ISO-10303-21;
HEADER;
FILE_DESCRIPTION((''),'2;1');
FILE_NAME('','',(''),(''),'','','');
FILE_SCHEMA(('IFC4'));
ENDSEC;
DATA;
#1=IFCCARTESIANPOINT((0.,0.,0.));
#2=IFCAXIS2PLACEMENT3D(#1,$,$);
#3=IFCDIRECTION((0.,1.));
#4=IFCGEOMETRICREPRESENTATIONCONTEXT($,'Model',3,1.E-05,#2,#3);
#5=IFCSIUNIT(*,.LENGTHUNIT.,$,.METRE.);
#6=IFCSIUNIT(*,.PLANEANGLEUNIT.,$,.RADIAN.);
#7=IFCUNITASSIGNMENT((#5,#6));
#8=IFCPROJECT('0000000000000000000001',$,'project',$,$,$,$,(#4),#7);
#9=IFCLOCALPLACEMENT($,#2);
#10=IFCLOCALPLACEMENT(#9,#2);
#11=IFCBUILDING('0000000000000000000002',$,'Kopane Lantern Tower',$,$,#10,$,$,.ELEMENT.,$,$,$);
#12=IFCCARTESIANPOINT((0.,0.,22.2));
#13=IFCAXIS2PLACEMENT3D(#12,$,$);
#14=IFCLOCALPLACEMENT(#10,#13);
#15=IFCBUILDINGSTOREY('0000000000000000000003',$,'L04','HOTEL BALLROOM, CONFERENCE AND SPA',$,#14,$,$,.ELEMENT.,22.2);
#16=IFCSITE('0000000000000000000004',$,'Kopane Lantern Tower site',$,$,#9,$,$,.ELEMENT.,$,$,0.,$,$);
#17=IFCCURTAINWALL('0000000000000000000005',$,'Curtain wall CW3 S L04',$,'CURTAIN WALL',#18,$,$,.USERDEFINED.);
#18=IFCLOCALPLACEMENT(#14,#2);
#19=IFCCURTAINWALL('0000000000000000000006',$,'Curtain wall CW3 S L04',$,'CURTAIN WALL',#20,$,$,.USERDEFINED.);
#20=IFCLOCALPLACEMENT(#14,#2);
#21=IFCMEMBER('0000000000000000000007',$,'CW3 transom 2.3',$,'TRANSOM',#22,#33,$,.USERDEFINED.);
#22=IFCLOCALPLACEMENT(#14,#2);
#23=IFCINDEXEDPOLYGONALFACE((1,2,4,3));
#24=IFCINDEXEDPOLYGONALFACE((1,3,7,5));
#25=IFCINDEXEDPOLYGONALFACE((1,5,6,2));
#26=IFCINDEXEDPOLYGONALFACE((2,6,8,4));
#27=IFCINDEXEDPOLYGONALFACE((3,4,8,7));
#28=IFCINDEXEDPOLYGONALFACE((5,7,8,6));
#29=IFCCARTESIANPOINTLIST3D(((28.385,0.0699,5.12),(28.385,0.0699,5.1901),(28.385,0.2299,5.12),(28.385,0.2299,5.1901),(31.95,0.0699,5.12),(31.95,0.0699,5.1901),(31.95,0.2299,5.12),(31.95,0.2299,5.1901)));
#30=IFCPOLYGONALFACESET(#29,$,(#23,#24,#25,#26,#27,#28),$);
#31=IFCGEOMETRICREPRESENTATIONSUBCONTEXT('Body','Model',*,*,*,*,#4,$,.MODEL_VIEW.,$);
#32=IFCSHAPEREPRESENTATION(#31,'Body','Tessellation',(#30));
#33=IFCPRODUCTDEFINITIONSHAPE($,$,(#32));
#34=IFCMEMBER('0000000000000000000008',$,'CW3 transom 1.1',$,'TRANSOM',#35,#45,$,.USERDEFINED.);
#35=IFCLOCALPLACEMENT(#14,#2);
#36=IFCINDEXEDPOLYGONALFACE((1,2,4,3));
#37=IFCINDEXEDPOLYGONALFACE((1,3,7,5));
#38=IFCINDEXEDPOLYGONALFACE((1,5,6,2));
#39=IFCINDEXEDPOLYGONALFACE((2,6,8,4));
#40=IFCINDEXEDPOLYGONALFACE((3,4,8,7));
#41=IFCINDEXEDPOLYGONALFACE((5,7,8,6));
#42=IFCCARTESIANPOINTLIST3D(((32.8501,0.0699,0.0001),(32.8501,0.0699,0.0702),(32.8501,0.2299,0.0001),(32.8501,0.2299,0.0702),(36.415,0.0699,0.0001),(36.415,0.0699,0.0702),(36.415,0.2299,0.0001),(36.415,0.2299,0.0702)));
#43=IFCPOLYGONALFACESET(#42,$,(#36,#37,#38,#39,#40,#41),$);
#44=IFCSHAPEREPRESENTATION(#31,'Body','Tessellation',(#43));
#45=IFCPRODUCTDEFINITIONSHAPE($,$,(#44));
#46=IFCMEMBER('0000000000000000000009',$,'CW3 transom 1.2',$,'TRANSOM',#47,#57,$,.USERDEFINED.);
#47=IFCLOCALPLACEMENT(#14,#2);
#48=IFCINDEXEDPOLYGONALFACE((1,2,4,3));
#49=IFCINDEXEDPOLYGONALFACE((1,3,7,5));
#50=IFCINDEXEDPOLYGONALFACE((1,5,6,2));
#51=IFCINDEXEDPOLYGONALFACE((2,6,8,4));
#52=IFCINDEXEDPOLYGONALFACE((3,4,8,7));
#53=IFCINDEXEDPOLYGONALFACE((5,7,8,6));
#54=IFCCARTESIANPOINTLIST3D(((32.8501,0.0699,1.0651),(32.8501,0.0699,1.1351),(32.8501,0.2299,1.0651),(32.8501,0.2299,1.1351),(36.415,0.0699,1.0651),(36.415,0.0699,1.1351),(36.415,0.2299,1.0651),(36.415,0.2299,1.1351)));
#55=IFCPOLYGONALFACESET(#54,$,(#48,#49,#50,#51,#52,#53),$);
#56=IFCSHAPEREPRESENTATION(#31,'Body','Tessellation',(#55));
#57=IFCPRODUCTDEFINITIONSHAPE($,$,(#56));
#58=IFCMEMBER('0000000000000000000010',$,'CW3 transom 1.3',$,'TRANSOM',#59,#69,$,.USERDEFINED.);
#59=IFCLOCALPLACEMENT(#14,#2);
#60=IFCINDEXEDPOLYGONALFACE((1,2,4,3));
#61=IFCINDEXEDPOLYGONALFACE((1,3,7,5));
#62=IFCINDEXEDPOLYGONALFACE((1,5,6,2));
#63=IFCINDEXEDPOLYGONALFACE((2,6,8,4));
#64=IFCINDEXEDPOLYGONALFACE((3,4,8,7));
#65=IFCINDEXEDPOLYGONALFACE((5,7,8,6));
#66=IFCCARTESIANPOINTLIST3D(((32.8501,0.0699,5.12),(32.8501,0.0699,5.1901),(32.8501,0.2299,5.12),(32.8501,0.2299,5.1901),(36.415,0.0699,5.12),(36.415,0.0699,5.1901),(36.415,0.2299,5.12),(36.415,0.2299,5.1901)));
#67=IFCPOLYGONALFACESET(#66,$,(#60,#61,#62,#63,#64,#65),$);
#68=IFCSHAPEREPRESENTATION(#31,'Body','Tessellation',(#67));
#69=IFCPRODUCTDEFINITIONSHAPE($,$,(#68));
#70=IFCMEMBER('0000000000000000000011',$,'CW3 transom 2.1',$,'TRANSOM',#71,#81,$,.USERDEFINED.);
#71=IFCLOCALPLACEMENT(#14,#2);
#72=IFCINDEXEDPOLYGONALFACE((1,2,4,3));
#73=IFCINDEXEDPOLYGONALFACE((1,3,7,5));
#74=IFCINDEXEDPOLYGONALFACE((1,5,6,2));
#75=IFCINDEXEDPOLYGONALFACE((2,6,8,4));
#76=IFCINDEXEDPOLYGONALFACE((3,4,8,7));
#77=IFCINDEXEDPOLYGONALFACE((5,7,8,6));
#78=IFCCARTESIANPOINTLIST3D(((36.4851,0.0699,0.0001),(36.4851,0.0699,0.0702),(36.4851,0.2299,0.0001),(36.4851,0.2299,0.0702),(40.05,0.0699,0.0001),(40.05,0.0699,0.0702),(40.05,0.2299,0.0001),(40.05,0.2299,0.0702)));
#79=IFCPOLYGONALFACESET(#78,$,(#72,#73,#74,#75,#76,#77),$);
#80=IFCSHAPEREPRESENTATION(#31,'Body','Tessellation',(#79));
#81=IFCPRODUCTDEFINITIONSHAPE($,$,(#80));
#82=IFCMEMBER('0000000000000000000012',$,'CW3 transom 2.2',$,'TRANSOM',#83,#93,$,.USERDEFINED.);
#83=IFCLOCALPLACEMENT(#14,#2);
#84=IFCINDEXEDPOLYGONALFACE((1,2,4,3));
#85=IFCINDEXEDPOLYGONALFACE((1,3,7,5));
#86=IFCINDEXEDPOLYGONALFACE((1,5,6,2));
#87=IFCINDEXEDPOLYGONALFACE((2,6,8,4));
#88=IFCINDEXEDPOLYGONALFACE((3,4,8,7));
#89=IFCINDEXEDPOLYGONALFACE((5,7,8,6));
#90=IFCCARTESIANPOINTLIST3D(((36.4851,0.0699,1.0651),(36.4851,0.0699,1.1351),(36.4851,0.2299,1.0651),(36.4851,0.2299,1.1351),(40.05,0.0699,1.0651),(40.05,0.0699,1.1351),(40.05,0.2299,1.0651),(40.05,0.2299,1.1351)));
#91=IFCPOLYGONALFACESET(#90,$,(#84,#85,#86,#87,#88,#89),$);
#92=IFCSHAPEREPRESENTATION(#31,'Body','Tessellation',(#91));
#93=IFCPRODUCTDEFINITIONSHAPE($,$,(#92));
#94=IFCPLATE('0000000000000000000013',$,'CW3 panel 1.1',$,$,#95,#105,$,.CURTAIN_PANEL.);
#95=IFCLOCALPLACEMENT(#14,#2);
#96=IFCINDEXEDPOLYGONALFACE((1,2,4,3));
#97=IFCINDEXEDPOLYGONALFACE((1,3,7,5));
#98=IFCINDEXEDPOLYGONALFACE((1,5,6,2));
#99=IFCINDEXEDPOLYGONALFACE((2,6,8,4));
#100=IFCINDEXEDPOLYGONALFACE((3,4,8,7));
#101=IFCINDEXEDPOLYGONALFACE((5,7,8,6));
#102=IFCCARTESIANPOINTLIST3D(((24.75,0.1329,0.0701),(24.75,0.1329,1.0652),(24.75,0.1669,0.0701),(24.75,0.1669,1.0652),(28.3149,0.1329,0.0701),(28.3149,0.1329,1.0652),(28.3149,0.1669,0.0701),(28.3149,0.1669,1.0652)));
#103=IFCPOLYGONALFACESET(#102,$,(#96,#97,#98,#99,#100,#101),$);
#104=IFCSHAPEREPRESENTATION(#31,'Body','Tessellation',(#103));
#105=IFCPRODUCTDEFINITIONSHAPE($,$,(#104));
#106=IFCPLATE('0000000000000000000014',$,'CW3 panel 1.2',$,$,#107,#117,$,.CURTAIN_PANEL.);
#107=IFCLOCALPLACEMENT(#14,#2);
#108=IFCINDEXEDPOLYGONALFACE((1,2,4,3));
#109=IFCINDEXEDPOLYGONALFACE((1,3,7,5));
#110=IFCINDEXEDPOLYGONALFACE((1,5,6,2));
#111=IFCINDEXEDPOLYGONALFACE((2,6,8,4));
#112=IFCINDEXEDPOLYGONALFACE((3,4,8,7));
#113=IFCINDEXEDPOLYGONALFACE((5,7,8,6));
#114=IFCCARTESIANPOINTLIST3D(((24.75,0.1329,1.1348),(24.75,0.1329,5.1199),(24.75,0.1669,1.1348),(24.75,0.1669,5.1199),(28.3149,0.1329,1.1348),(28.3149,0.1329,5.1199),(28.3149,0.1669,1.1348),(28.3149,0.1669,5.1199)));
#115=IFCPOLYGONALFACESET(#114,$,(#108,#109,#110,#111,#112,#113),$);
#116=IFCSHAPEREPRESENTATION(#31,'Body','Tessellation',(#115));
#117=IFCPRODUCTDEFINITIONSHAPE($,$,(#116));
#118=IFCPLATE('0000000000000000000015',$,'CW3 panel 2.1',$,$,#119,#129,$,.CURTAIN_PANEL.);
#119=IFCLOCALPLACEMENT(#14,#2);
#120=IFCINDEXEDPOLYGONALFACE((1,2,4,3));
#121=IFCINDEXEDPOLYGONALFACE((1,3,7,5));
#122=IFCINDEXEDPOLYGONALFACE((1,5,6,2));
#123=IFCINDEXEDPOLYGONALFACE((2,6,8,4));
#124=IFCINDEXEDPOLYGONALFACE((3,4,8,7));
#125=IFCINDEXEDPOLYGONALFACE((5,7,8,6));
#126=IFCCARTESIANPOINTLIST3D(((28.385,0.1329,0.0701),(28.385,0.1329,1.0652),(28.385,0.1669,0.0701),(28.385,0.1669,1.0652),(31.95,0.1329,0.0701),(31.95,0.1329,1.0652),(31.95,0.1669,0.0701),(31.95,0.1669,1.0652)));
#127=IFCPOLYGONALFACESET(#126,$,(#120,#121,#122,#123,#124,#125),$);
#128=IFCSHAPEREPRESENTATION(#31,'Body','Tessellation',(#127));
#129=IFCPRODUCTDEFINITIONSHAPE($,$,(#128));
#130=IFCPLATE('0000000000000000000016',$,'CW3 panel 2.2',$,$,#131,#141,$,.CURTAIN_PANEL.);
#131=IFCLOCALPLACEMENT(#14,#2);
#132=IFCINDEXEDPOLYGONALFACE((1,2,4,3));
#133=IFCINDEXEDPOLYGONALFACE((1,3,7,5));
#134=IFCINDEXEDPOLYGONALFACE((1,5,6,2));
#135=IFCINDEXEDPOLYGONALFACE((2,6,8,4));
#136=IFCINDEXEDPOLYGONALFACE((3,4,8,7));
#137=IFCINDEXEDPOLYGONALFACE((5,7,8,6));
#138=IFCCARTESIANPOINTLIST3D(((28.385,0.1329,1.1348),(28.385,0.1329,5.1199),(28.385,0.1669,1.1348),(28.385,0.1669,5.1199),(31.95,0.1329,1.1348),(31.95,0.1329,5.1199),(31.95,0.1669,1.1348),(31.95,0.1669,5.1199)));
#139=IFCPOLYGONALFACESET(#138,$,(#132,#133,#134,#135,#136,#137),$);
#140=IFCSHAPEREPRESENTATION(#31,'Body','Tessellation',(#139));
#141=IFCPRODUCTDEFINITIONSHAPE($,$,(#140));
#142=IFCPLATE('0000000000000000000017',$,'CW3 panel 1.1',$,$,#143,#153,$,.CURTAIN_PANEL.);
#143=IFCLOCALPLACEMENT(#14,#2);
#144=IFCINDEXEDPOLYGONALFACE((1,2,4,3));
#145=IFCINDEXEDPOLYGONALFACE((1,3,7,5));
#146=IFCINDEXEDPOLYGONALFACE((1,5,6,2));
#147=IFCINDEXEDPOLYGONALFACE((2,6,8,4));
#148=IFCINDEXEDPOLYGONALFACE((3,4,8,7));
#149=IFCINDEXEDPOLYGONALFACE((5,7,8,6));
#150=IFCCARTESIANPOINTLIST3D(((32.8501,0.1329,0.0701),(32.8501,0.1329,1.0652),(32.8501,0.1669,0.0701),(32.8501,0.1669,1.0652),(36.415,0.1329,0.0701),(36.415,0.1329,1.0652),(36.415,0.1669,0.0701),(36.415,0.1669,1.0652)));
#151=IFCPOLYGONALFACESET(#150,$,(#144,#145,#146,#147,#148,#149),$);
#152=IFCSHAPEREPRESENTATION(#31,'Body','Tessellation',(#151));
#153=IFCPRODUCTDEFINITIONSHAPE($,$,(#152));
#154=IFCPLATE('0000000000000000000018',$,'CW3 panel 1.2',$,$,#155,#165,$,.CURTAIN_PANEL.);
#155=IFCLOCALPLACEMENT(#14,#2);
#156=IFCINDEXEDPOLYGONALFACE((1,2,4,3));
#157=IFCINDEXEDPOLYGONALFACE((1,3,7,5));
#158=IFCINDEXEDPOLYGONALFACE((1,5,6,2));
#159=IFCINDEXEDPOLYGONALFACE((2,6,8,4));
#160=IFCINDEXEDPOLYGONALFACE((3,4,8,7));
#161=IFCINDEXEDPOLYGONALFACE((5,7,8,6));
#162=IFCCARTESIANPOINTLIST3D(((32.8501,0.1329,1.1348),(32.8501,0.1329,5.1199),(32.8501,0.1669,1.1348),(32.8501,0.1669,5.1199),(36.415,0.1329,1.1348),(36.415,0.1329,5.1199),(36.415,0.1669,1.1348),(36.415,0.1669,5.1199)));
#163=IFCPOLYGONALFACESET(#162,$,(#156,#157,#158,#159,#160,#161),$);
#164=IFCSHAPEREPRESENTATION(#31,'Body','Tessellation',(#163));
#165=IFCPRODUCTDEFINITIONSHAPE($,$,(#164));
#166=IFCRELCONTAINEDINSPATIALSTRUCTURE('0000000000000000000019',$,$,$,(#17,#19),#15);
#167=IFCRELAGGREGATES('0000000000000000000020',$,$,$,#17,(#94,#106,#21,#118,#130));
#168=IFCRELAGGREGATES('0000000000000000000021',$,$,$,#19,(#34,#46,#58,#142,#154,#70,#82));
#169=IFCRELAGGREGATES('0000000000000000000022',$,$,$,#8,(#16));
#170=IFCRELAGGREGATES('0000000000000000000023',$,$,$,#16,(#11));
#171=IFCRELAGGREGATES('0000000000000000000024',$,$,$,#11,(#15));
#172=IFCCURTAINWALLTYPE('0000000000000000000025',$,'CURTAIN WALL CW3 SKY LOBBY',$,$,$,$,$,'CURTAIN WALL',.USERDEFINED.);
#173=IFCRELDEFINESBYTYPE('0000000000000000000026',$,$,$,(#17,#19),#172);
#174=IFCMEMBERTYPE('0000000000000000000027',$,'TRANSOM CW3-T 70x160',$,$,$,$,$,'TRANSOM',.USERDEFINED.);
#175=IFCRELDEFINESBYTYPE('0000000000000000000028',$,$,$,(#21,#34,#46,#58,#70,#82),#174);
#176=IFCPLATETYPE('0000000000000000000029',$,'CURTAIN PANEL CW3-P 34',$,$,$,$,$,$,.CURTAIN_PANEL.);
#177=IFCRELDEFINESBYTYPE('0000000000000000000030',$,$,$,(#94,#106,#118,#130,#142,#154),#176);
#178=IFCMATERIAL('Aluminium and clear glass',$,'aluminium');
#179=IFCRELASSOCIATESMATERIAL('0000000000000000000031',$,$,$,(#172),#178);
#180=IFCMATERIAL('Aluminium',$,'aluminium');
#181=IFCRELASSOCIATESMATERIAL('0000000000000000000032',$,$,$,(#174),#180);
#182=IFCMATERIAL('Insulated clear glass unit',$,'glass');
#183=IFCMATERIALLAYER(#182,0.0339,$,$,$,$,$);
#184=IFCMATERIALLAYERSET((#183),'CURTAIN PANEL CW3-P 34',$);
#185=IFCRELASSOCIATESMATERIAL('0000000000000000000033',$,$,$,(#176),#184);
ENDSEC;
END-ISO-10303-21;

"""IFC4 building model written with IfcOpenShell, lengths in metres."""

from ifc_helpers import new_model, si_unit, direction, frame, origin, origin_2d, place, context, subcontext, project, spatial, rectangle, extrude, material, layer, layer_set, material_profile, profile_set, type_object, element, aggregate, save


model = new_model("IFC4")

# Units and contexts
model_context = context("Model", 3, precision=1e-05, world=origin(), true_north=direction((0.0, 1.0)))
body_context = subcontext(model_context, "Body", "Model", "MODEL_VIEW")
ifc_project = project(units=[si_unit("LENGTHUNIT", "METRE"), si_unit("PLANEANGLEUNIT", "RADIAN")], contexts=[model_context])

# Site, building, storey
site_placement = place(None, origin())
site = spatial("IfcSite", under=ifc_project, at=site_placement, Name="Kopane Lantern Tower site", CompositionType="ELEMENT", RefElevation=0.0)
building_placement = place(site_placement, origin())
building = spatial("IfcBuilding", under=site, at=building_placement, Name="Kopane Lantern Tower", CompositionType="ELEMENT")
storey_placement = place(building_placement, frame((0.0, 0.0, 22.2)))
storey = spatial("IfcBuildingStorey", under=building, at=storey_placement, Name="L04", Description="HOTEL BALLROOM, CONFERENCE AND SPA", CompositionType="ELEMENT", Elevation=22.2)

# Curtain walls
ifc_material_1 = material(Name="Aluminium and clear glass", Category="aluminium")
curtain_wall_type = type_object("IfcCurtainWallType", Name="CURTAIN WALL CW3 SKY LOBBY", ElementType="CURTAIN WALL", PredefinedType="USERDEFINED", material=ifc_material_1)
curtain_wall_1_placement = place(storey_placement, origin())
curtain_wall_1 = element("IfcCurtainWall", 1, at=curtain_wall_1_placement, inside=storey, type_object=curtain_wall_type, Name="Curtain wall CW3 S L04", ObjectType="CURTAIN WALL", PredefinedType="USERDEFINED")
curtain_wall_2_placement = place(storey_placement, origin())
curtain_wall_2 = element("IfcCurtainWall", 2, at=curtain_wall_2_placement, inside=storey, type_object=curtain_wall_type, Name="Curtain wall CW3 S L04", ObjectType="CURTAIN WALL", PredefinedType="USERDEFINED")

# Members
ifc_material_2 = material(Name="Aluminium", Category="aluminium")
ifc_material_profile_1 = material_profile(ifc_material_2, rectangle(XDim=0.1599, YDim=0.0701, at=origin_2d()), Name="AL 160x70")
ifc_profile_set_1 = profile_set([ifc_material_profile_1], Name="Aluminium")
member_type_1 = type_object("IfcMemberType", Name="TRANSOM CW3-T 70x160", ElementType="TRANSOM", PredefinedType="USERDEFINED", material=ifc_profile_set_1)
member_1_placement = place(storey_placement, frame((28.385, 0.1499, 5.155), z_axis=(1.0, 0.0, 0.0), x_axis=(0.0, 1.0, 0.0)))
member_1 = element("IfcMember", 3, at=member_1_placement, type_object=member_type_1, Name="CW3 transom 2.3", ObjectType="TRANSOM", PredefinedType="USERDEFINED", context=body_context, shape_type="SweptSolid", body=[
    extrude(rectangle(XDim=0.1599, YDim=0.0701, at=origin_2d()), origin(), (0.0, 0.0, 1.0), 3.5649),
])
member_2_placement = place(storey_placement, frame((32.8501, 0.1499, 0.0352), z_axis=(1.0, 0.0, 0.0), x_axis=(0.0, 1.0, 0.0)))
member_2 = element("IfcMember", 4, at=member_2_placement, type_object=member_type_1, Name="CW3 transom 1.1", ObjectType="TRANSOM", PredefinedType="USERDEFINED", context=body_context, shape_type="SweptSolid", body=[
    extrude(rectangle(XDim=0.1599, YDim=0.0701, at=origin_2d()), origin(), (0.0, 0.0, 1.0), 3.5649),
])
member_3_placement = place(storey_placement, frame((32.8501, 0.1499, 1.1001), z_axis=(1.0, 0.0, 0.0), x_axis=(0.0, 1.0, 0.0)))
member_3 = element("IfcMember", 5, at=member_3_placement, type_object=member_type_1, Name="CW3 transom 1.2", ObjectType="TRANSOM", PredefinedType="USERDEFINED", context=body_context, shape_type="SweptSolid", body=[
    extrude(rectangle(XDim=0.1599, YDim=0.0701, at=origin_2d()), origin(), (0.0, 0.0, 1.0), 3.5649),
])
member_4_placement = place(storey_placement, frame((32.8501, 0.1499, 5.155), z_axis=(1.0, 0.0, 0.0), x_axis=(0.0, 1.0, 0.0)))
member_4 = element("IfcMember", 6, at=member_4_placement, type_object=member_type_1, Name="CW3 transom 1.3", ObjectType="TRANSOM", PredefinedType="USERDEFINED", context=body_context, shape_type="SweptSolid", body=[
    extrude(rectangle(XDim=0.1599, YDim=0.0701, at=origin_2d()), origin(), (0.0, 0.0, 1.0), 3.5649),
])
member_5_placement = place(storey_placement, frame((36.4851, 0.1499, 0.0352), z_axis=(1.0, 0.0, 0.0), x_axis=(0.0, 1.0, 0.0)))
member_5 = element("IfcMember", 7, at=member_5_placement, type_object=member_type_1, Name="CW3 transom 2.1", ObjectType="TRANSOM", PredefinedType="USERDEFINED", context=body_context, shape_type="SweptSolid", body=[
    extrude(rectangle(XDim=0.1599, YDim=0.0701, at=origin_2d()), origin(), (0.0, 0.0, 1.0), 3.5649),
])
member_6_placement = place(storey_placement, frame((36.4851, 0.1499, 1.1001), z_axis=(1.0, 0.0, 0.0), x_axis=(0.0, 1.0, 0.0)))
member_6 = element("IfcMember", 8, at=member_6_placement, type_object=member_type_1, Name="CW3 transom 2.2", ObjectType="TRANSOM", PredefinedType="USERDEFINED", context=body_context, shape_type="SweptSolid", body=[
    extrude(rectangle(XDim=0.1599, YDim=0.0701, at=origin_2d()), origin(), (0.0, 0.0, 1.0), 3.5649),
])

# Plates
ifc_material_3 = material(Name="Insulated clear glass unit", Category="glass")
ifc_layer = layer(ifc_material_3, 0.0339)
ifc_layer_set = layer_set([ifc_layer], Name="CURTAIN PANEL CW3-P 34")
plate_type = type_object("IfcPlateType", Name="CURTAIN PANEL CW3-P 34", PredefinedType="CURTAIN_PANEL", material=ifc_layer_set)
plate_1_placement = place(storey_placement, frame((26.5325, 0.1499, 0.0701), z_axis=(0.0, 0.0, 1.0), x_axis=(1.0, 0.0, 0.0)))
plate_1 = element("IfcPlate", 9, at=plate_1_placement, type_object=plate_type, Name="CW3 panel 1.1", PredefinedType="CURTAIN_PANEL", context=body_context, shape_type="SweptSolid", body=[
    extrude(rectangle(XDim=3.5649, YDim=0.0339, at=origin_2d()), origin(), (0.0, 0.0, 1.0), 0.9951),
])
plate_2_placement = place(storey_placement, frame((26.5325, 0.1499, 1.1348), z_axis=(0.0, 0.0, 1.0), x_axis=(1.0, 0.0, 0.0)))
plate_2 = element("IfcPlate", 10, at=plate_2_placement, type_object=plate_type, Name="CW3 panel 1.2", PredefinedType="CURTAIN_PANEL", context=body_context, shape_type="SweptSolid", body=[
    extrude(rectangle(XDim=3.5649, YDim=0.0339, at=origin_2d()), origin(), (0.0, 0.0, 1.0), 3.9851),
])
plate_3_placement = place(storey_placement, frame((30.1675, 0.1499, 0.0701), z_axis=(0.0, 0.0, 1.0), x_axis=(1.0, 0.0, 0.0)))
plate_3 = element("IfcPlate", 11, at=plate_3_placement, type_object=plate_type, Name="CW3 panel 2.1", PredefinedType="CURTAIN_PANEL", context=body_context, shape_type="SweptSolid", body=[
    extrude(rectangle(XDim=3.5649, YDim=0.0339, at=origin_2d()), origin(), (0.0, 0.0, 1.0), 0.9951),
])
plate_4_placement = place(storey_placement, frame((30.1675, 0.1499, 1.1348), z_axis=(0.0, 0.0, 1.0), x_axis=(1.0, 0.0, 0.0)))
plate_4 = element("IfcPlate", 12, at=plate_4_placement, type_object=plate_type, Name="CW3 panel 2.2", PredefinedType="CURTAIN_PANEL", context=body_context, shape_type="SweptSolid", body=[
    extrude(rectangle(XDim=3.5649, YDim=0.0339, at=origin_2d()), origin(), (0.0, 0.0, 1.0), 3.9851),
])
aggregate(curtain_wall_1, [plate_1, plate_2, member_1, plate_3, plate_4])
plate_5_placement = place(storey_placement, frame((34.6326, 0.1499, 0.0701), z_axis=(0.0, 0.0, 1.0), x_axis=(1.0, 0.0, 0.0)))
plate_5 = element("IfcPlate", 13, at=plate_5_placement, type_object=plate_type, Name="CW3 panel 1.1", PredefinedType="CURTAIN_PANEL", context=body_context, shape_type="SweptSolid", body=[
    extrude(rectangle(XDim=3.5649, YDim=0.0339, at=origin_2d()), origin(), (0.0, 0.0, 1.0), 0.9951),
])
plate_6_placement = place(storey_placement, frame((34.6326, 0.1499, 1.1348), z_axis=(0.0, 0.0, 1.0), x_axis=(1.0, 0.0, 0.0)))
plate_6 = element("IfcPlate", 14, at=plate_6_placement, type_object=plate_type, Name="CW3 panel 1.2", PredefinedType="CURTAIN_PANEL", context=body_context, shape_type="SweptSolid", body=[
    extrude(rectangle(XDim=3.5649, YDim=0.0339, at=origin_2d()), origin(), (0.0, 0.0, 1.0), 3.9851),
])
aggregate(curtain_wall_2, [member_2, member_3, member_4, plate_5, plate_6, member_5, member_6])

save(model, "model.ifc")
